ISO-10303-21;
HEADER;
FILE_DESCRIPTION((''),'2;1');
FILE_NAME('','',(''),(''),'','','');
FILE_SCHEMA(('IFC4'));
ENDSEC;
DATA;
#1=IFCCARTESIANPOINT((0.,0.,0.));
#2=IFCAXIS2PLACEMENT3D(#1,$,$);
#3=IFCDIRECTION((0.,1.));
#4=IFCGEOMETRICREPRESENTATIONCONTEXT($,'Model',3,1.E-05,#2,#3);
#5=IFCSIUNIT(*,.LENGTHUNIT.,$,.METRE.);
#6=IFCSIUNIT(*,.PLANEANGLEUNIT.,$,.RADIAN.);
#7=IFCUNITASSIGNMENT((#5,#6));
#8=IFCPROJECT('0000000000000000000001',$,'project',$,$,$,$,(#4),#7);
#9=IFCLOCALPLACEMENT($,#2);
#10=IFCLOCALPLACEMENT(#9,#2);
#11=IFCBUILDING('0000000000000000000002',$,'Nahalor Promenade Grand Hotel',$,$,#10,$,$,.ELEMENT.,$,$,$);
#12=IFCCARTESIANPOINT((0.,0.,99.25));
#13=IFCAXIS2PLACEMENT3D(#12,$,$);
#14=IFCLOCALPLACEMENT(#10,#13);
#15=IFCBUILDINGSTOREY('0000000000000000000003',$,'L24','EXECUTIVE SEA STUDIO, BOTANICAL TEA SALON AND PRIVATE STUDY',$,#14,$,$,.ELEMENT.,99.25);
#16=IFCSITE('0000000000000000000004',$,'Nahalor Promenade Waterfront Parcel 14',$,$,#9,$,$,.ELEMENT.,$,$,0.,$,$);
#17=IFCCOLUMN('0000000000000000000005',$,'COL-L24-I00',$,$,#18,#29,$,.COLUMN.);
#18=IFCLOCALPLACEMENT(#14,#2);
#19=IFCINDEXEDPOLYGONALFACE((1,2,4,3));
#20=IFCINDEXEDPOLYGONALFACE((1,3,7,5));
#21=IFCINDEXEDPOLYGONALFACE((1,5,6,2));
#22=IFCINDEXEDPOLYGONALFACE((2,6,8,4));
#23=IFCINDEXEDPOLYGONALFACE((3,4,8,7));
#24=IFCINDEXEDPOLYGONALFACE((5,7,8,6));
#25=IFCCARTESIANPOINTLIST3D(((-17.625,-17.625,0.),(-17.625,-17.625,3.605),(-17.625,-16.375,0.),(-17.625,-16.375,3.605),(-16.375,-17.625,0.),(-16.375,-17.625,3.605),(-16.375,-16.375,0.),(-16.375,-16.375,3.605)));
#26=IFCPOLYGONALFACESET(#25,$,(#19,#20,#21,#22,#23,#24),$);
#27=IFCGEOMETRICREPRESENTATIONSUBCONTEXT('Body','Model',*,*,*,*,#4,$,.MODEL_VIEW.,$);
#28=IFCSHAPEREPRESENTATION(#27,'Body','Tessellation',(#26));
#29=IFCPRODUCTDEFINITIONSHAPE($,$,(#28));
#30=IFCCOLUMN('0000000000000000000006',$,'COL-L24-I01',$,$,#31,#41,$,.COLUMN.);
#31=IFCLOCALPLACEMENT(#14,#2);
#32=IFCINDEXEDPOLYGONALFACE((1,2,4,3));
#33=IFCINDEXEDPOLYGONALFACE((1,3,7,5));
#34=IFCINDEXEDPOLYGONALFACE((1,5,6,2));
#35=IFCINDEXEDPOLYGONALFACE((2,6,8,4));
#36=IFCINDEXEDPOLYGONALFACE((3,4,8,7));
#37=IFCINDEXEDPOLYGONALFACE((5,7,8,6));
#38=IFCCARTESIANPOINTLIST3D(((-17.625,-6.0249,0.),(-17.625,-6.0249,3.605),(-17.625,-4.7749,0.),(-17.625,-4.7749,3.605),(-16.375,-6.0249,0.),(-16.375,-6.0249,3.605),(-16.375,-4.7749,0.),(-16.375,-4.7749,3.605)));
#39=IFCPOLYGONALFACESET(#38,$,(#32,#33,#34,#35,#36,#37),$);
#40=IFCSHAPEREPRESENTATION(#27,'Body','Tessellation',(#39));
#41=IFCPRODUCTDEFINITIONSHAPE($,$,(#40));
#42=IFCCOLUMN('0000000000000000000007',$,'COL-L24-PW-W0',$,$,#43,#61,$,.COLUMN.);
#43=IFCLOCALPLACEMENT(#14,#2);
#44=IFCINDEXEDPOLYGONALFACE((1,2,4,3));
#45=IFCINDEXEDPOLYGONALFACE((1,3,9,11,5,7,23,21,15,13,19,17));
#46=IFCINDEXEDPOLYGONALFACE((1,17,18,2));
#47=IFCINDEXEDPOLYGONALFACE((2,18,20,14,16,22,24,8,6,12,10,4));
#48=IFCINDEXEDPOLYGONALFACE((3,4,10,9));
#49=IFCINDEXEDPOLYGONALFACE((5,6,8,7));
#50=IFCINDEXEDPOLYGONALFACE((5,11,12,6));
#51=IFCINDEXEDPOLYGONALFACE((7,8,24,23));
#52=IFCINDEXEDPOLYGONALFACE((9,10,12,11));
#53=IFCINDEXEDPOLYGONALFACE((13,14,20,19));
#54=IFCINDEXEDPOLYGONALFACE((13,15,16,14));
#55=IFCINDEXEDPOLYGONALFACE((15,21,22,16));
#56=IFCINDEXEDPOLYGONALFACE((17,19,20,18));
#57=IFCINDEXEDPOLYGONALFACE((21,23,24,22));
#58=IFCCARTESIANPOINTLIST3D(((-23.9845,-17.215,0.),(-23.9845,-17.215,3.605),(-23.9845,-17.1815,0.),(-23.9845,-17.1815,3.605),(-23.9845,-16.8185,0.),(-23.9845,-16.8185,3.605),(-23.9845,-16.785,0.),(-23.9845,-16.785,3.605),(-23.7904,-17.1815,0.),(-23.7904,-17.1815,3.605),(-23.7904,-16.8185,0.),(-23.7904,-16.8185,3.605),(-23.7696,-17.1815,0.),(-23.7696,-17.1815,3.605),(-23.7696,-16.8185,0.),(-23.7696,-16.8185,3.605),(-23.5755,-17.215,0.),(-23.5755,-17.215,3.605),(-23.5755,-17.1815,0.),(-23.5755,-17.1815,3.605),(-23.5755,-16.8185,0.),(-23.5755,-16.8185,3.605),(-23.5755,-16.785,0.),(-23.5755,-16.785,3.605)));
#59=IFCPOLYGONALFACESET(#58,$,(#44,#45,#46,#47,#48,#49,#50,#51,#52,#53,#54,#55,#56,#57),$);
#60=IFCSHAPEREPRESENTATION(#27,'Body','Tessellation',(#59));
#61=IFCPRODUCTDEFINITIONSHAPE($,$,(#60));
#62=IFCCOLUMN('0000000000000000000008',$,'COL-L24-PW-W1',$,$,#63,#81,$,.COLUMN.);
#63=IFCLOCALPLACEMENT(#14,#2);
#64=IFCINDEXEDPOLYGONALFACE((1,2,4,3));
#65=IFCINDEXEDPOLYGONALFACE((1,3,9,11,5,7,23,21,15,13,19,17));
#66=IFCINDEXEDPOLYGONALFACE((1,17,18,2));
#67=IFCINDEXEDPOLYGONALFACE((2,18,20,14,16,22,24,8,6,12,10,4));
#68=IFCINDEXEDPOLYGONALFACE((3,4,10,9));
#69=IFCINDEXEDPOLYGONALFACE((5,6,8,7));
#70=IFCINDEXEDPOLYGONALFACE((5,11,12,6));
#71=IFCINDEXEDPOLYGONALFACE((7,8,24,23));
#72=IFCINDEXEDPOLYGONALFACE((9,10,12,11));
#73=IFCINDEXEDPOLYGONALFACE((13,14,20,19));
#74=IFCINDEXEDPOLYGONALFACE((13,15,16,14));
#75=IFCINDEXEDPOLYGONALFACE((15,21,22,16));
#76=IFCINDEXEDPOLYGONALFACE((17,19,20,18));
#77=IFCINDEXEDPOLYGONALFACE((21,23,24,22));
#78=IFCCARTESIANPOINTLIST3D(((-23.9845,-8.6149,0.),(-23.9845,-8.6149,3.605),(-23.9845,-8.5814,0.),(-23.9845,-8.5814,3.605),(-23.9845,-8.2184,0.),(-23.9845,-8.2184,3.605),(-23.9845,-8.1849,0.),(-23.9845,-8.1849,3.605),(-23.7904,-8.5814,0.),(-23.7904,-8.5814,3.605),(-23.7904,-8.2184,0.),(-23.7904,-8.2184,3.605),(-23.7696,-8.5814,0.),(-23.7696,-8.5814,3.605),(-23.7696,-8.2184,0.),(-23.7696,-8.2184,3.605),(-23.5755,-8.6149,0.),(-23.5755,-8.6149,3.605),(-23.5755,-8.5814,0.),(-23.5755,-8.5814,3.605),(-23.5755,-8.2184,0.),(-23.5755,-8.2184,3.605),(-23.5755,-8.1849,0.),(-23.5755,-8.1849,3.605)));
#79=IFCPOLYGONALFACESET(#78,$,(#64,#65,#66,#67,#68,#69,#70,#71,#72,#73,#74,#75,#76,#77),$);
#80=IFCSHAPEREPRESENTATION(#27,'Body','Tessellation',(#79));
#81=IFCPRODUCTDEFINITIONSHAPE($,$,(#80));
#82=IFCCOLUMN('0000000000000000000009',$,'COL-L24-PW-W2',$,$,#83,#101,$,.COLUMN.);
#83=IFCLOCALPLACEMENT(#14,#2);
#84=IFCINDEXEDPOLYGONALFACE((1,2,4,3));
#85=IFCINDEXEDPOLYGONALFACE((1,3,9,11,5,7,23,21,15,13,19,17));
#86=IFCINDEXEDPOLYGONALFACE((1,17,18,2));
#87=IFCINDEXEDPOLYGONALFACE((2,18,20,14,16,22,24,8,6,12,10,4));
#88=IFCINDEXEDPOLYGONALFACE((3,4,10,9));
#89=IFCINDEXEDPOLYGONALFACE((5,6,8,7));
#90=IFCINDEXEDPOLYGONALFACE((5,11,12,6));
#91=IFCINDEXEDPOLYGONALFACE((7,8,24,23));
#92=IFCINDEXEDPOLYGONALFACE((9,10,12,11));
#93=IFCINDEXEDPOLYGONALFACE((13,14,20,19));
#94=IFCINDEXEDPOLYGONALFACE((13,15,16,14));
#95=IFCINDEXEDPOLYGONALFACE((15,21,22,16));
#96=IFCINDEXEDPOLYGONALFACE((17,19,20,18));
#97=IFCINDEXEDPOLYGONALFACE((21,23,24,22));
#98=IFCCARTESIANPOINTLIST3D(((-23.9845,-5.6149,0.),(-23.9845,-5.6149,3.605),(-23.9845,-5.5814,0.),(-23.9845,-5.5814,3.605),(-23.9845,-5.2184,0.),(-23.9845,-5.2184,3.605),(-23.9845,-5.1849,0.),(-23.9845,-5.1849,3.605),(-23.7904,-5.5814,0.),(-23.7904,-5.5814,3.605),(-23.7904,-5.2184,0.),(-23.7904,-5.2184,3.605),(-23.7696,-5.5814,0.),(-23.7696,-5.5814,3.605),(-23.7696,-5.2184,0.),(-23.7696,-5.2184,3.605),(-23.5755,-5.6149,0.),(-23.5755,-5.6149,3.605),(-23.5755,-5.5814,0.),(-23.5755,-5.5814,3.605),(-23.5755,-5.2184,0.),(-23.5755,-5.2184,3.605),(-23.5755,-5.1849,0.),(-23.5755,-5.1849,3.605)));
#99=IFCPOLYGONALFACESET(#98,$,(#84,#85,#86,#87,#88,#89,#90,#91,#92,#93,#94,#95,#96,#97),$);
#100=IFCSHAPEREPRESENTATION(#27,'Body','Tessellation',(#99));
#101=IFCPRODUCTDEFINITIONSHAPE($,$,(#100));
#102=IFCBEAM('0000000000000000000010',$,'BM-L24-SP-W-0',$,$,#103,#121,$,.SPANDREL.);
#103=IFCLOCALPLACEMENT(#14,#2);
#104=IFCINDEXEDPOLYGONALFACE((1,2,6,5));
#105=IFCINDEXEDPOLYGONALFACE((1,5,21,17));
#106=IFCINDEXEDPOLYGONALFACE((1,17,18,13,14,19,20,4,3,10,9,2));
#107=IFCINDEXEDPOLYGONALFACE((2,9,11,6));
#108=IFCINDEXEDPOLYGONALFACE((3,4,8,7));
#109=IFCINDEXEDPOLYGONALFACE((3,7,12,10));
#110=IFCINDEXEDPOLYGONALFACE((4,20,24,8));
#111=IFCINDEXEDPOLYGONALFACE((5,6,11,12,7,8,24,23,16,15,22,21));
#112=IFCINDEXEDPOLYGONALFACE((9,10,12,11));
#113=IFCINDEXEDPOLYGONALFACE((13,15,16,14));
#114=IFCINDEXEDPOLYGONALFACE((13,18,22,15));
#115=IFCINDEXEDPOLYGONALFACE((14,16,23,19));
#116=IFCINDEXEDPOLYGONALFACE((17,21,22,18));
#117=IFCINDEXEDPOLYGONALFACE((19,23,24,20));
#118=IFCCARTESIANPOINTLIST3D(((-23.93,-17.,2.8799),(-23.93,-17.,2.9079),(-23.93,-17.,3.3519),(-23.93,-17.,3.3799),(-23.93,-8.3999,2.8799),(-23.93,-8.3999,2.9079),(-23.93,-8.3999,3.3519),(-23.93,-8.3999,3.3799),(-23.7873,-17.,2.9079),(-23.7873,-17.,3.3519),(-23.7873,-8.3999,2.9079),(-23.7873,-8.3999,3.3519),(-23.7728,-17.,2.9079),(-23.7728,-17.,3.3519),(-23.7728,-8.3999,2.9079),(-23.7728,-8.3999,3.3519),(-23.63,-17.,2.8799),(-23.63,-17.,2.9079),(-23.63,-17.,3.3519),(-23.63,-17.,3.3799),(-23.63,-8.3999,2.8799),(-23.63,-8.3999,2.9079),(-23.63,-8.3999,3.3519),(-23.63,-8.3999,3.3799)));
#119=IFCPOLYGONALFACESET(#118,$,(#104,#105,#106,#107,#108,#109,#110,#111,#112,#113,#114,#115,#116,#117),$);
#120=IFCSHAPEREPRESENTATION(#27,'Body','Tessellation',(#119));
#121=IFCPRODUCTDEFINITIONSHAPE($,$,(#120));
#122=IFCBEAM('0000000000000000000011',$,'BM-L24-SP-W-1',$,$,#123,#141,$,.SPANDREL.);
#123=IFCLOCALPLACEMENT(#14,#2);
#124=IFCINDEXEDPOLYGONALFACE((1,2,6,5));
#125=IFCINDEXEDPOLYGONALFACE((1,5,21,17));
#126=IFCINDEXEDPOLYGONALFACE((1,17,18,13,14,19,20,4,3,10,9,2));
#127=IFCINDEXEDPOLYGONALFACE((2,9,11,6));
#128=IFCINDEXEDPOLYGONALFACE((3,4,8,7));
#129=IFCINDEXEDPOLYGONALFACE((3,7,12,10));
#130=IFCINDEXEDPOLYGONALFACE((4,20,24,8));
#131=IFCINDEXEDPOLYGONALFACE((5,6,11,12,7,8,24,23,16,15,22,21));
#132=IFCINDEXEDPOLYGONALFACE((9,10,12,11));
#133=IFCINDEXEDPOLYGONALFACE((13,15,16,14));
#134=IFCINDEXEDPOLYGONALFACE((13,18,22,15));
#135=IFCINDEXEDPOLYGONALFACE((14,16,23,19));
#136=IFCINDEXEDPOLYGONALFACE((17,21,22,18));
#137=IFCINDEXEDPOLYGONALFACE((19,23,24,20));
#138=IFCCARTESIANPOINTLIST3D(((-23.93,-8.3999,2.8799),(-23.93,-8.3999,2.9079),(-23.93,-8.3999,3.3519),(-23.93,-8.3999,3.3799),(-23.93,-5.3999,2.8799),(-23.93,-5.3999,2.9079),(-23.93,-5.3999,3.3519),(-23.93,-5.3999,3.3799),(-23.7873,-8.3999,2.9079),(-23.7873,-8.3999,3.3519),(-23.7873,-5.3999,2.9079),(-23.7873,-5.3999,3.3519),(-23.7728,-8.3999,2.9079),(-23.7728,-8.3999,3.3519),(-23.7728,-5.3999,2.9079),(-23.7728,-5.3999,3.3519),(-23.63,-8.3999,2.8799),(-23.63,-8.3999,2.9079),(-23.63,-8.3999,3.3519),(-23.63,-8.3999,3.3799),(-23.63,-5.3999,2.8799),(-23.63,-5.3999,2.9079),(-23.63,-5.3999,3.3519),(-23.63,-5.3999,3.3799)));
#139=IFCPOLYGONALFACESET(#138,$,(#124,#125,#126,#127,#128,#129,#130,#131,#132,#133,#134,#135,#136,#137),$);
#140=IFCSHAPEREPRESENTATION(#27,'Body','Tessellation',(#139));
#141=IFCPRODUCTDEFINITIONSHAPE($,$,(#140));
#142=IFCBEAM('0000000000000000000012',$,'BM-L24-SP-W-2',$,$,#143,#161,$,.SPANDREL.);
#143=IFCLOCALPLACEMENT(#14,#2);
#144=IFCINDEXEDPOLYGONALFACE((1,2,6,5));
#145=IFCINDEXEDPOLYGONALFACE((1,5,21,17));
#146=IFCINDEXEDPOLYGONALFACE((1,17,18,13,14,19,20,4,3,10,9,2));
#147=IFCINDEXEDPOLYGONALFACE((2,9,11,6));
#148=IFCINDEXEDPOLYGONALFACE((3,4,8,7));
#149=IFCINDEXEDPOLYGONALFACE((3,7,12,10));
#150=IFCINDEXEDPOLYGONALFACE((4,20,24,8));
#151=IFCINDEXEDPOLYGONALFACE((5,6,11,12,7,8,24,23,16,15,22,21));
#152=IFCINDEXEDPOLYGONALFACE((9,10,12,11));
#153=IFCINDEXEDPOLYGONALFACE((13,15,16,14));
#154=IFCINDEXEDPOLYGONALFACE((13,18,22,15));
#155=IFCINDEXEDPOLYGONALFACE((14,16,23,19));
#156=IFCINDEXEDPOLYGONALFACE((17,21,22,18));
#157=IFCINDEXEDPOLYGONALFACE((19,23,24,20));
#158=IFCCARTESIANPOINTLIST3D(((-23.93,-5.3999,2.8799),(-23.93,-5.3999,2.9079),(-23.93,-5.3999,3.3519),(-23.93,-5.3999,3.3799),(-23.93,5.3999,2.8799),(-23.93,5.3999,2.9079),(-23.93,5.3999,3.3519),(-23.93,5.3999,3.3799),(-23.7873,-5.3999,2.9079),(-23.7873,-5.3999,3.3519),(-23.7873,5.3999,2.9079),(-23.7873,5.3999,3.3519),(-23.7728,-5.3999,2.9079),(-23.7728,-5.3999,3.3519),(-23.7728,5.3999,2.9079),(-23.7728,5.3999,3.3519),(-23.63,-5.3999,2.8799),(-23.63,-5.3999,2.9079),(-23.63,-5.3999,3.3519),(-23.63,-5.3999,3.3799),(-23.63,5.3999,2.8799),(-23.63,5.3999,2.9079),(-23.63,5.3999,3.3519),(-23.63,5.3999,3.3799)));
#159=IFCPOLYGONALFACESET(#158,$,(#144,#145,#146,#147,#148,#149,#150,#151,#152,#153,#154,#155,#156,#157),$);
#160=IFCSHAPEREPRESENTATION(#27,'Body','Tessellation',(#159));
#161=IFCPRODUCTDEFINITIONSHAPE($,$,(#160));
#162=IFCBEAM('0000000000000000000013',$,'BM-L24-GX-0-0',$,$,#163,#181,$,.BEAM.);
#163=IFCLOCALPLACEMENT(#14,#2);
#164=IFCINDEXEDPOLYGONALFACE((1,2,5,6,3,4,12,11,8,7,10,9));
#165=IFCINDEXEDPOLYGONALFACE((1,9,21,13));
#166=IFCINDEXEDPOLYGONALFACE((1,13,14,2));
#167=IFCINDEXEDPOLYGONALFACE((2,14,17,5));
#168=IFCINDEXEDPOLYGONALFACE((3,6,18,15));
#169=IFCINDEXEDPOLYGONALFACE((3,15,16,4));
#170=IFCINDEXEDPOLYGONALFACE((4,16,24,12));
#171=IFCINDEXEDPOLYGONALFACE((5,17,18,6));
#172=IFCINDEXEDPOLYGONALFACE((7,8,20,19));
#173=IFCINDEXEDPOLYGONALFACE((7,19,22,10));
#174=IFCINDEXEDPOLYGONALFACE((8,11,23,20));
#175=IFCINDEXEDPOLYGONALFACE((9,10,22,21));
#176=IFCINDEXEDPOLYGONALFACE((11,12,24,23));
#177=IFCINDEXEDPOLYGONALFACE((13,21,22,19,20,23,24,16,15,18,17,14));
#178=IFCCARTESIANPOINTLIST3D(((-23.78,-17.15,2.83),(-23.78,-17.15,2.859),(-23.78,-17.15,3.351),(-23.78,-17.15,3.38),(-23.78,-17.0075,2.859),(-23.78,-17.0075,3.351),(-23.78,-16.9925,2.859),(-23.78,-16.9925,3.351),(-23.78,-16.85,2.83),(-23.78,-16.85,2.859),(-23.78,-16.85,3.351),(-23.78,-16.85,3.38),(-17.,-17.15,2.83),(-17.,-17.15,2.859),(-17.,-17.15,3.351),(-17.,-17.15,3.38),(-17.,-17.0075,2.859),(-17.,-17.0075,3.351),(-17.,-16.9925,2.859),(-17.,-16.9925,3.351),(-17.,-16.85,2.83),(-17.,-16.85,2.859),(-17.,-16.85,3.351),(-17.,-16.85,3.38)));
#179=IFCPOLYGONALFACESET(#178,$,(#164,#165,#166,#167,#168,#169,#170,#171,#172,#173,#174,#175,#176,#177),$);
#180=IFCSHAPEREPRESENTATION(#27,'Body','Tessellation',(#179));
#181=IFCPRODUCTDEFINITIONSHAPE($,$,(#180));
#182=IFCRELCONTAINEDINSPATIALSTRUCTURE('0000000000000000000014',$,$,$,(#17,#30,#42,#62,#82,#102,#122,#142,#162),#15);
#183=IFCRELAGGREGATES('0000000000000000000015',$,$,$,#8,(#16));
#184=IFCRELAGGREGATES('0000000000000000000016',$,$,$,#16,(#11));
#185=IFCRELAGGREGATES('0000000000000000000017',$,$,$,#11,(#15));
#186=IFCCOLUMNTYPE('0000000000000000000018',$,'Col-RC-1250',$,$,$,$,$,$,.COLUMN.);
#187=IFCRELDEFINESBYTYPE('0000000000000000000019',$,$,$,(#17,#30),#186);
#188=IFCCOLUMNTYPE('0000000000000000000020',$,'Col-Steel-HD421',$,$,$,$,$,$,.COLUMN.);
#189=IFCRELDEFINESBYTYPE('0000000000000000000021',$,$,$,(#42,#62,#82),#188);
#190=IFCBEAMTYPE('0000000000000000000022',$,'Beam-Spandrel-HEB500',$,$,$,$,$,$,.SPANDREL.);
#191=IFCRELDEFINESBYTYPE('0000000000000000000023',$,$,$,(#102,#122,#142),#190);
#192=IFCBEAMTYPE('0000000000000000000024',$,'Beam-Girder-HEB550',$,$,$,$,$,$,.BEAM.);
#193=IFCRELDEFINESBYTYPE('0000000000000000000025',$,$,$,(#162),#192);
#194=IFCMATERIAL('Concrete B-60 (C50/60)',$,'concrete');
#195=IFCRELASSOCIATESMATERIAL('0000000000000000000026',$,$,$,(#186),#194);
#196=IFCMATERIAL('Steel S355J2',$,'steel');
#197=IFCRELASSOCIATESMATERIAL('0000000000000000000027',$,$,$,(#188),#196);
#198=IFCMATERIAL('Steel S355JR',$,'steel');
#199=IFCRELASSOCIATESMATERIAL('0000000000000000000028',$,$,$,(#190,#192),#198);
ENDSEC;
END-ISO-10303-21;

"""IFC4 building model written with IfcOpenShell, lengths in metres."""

from ifc_helpers import new_model, si_unit, direction, frame, origin, origin_2d, place, context, subcontext, project, spatial, rectangle, i_section, extrude, source, transform, mapped, material, material_profile, profile_set, type_object, element, save


model = new_model("IFC4")

# Units and contexts
model_context = context("Model", 3, precision=1e-05, world=origin(), true_north=direction((0.0, 1.0)))
body_context = subcontext(model_context, "Body", "Model", "MODEL_VIEW")
ifc_project = project(units=[si_unit("LENGTHUNIT", "METRE"), si_unit("PLANEANGLEUNIT", "RADIAN")], contexts=[model_context])

# Site, building, storey
site_placement = place(None, origin())
site = spatial("IfcSite", under=ifc_project, at=site_placement, Name="Nahalor Promenade Waterfront Parcel 14", CompositionType="ELEMENT", RefElevation=0.0)
building_placement = place(site_placement, origin())
building = spatial("IfcBuilding", under=site, at=building_placement, Name="Nahalor Promenade Grand Hotel", CompositionType="ELEMENT")
storey_placement = place(building_placement, frame((0.0, 0.0, 99.25)))
storey = spatial("IfcBuildingStorey", under=building, at=storey_placement, Name="L24", Description="EXECUTIVE SEA STUDIO, BOTANICAL TEA SALON AND PRIVATE STUDY", CompositionType="ELEMENT", Elevation=99.25)

# Columns
ifc_material_1 = material(Name="Concrete B-60 (C50/60)", Category="concrete")
ifc_material_profile_1 = material_profile(ifc_material_1, rectangle(XDim=1.25, YDim=1.25, at=origin_2d()), Name="RC 1250x1250")
ifc_profile_set_1 = profile_set([ifc_material_profile_1], Name="Concrete B-60 (C50/60)")
column_type_1 = type_object("IfcColumnType", Name="Col-RC-1250", PredefinedType="COLUMN", material=ifc_profile_set_1)
shared_shape_1 = source(origin(), body_context, "Body", "SweptSolid", [
    extrude(rectangle(XDim=1.25, YDim=1.25, at=origin_2d()), origin(), (0.0, 0.0, 1.0), 3.605),
])
for number, where, z_axis, x_axis, name in (
    (1, (-17.0, -17.0, 0.0), (0.0, 0.0, 1.0), (1.0, 0.0, 0.0), "COL-L24-I00"),
    (2, (-17.0, -5.3999, 0.0), (0.0, 0.0, 1.0), (1.0, 0.0, 0.0), "COL-L24-I01"),
):
    element("IfcColumn", number, at=place(storey_placement, frame(where, z_axis=z_axis, x_axis=x_axis)), inside=storey, type_object=column_type_1, Name=name, PredefinedType="COLUMN", context=body_context, shape_type="MappedRepresentation", body=[
        mapped(shared_shape_1, transform((0.0, 0.0, 0.0), scale=1.0)),
    ])
ifc_material_2 = material(Name="Steel S355J2", Category="steel")
ifc_material_profile_2 = material_profile(ifc_material_2, i_section(OverallWidth=0.409, OverallDepth=0.43, WebThickness=0.0208, FlangeThickness=0.0335, at=origin_2d()), Name="HD 400x421")
ifc_profile_set_2 = profile_set([ifc_material_profile_2], Name="Steel S355J2")
column_type_2 = type_object("IfcColumnType", Name="Col-Steel-HD421", PredefinedType="COLUMN", material=ifc_profile_set_2)
shared_shape_2 = source(origin(), body_context, "Body", "SweptSolid", [
    extrude(i_section(OverallWidth=0.409, OverallDepth=0.43, WebThickness=0.0208, FlangeThickness=0.0335, at=origin_2d()), origin(), (0.0, 0.0, 1.0), 3.605),
])
for number, where, z_axis, x_axis, name in (
    (3, (-23.78, -17.0, 0.0), (0.0, 0.0, 1.0), (1.0, 0.0, 0.0), "COL-L24-PW-W0"),
    (4, (-23.78, -8.3999, 0.0), (0.0, 0.0, 1.0), (1.0, 0.0, 0.0), "COL-L24-PW-W1"),
    (5, (-23.78, -5.3999, 0.0), (0.0, 0.0, 1.0), (1.0, 0.0, 0.0), "COL-L24-PW-W2"),
):
    element("IfcColumn", number, at=place(storey_placement, frame(where, z_axis=z_axis, x_axis=x_axis)), inside=storey, type_object=column_type_2, Name=name, PredefinedType="COLUMN", context=body_context, shape_type="MappedRepresentation", body=[
        mapped(shared_shape_2, transform((0.0, 0.0, 0.0), scale=1.0)),
    ])

# Beams
ifc_material_3 = material(Name="Steel S355JR", Category="steel")
ifc_material_profile_3 = material_profile(ifc_material_3, i_section(OverallWidth=0.3, OverallDepth=0.5, WebThickness=0.0145, FlangeThickness=0.028, at=origin_2d()), Name="HEB 500")
ifc_profile_set_3 = profile_set([ifc_material_profile_3], Name="Steel S355JR")
beam_type_1 = type_object("IfcBeamType", Name="Beam-Spandrel-HEB500", PredefinedType="SPANDREL", material=ifc_profile_set_3)
shared_shape_3 = source(origin(), body_context, "Body", "SweptSolid", [
    extrude(i_section(OverallWidth=0.3, OverallDepth=0.5, WebThickness=0.0145, FlangeThickness=0.028, at=origin_2d()), origin(), (0.0, 0.0, 1.0), 8.6001),
])
beam_1_placement = place(storey_placement, frame((-23.78, -17.0, 3.1299), z_axis=(0.0, 1.0, 0.0), x_axis=(-1.0, 0.0, 0.0)))
element("IfcBeam", 6, at=beam_1_placement, inside=storey, type_object=beam_type_1, Name="BM-L24-SP-W-0", PredefinedType="SPANDREL", context=body_context, shape_type="MappedRepresentation", body=[
    mapped(shared_shape_3, transform((0.0, 0.0, 0.0), scale=1.0)),
])
shared_shape_4 = source(origin(), body_context, "Body", "SweptSolid", [
    extrude(i_section(OverallWidth=0.3, OverallDepth=0.5, WebThickness=0.0145, FlangeThickness=0.028, at=origin_2d()), origin(), (0.0, 0.0, 1.0), 3.0),
])
beam_2_placement = place(storey_placement, frame((-23.78, -8.3999, 3.1299), z_axis=(0.0, 1.0, 0.0), x_axis=(-1.0, 0.0, 0.0)))
element("IfcBeam", 7, at=beam_2_placement, inside=storey, type_object=beam_type_1, Name="BM-L24-SP-W-1", PredefinedType="SPANDREL", context=body_context, shape_type="MappedRepresentation", body=[
    mapped(shared_shape_4, transform((0.0, 0.0, 0.0), scale=1.0)),
])
shared_shape_5 = source(origin(), body_context, "Body", "SweptSolid", [
    extrude(i_section(OverallWidth=0.3, OverallDepth=0.5, WebThickness=0.0145, FlangeThickness=0.028, at=origin_2d()), origin(), (0.0, 0.0, 1.0), 10.7998),
])
beam_3_placement = place(storey_placement, frame((-23.78, -5.3999, 3.1299), z_axis=(0.0, 1.0, 0.0), x_axis=(-1.0, 0.0, 0.0)))
element("IfcBeam", 8, at=beam_3_placement, inside=storey, type_object=beam_type_1, Name="BM-L24-SP-W-2", PredefinedType="SPANDREL", context=body_context, shape_type="MappedRepresentation", body=[
    mapped(shared_shape_5, transform((0.0, 0.0, 0.0), scale=1.0)),
])
ifc_material_profile_4 = material_profile(ifc_material_3, i_section(OverallWidth=0.3, OverallDepth=0.55, WebThickness=0.015, FlangeThickness=0.029, at=origin_2d()), Name="HEB 550")
ifc_profile_set_4 = profile_set([ifc_material_profile_4], Name="Steel S355JR")
beam_type_2 = type_object("IfcBeamType", Name="Beam-Girder-HEB550", PredefinedType="BEAM", material=ifc_profile_set_4)
shared_shape_6 = source(origin(), body_context, "Body", "SweptSolid", [
    extrude(i_section(OverallWidth=0.3, OverallDepth=0.55, WebThickness=0.015, FlangeThickness=0.029, at=origin_2d()), origin(), (0.0, 0.0, 1.0), 6.78),
])
for number, where, z_axis, x_axis, name in (
    (9, (-23.78, -17.0, 3.105), (1.0, 0.0, 0.0), (0.0, 1.0, 0.0), "BM-L24-GX-0-0"),
):
    element("IfcBeam", number, at=place(storey_placement, frame(where, z_axis=z_axis, x_axis=x_axis)), inside=storey, type_object=beam_type_2, Name=name, PredefinedType="BEAM", context=body_context, shape_type="MappedRepresentation", body=[
        mapped(shared_shape_6, transform((0.0, 0.0, 0.0), scale=1.0)),
    ])

save(model, "model.ifc")
